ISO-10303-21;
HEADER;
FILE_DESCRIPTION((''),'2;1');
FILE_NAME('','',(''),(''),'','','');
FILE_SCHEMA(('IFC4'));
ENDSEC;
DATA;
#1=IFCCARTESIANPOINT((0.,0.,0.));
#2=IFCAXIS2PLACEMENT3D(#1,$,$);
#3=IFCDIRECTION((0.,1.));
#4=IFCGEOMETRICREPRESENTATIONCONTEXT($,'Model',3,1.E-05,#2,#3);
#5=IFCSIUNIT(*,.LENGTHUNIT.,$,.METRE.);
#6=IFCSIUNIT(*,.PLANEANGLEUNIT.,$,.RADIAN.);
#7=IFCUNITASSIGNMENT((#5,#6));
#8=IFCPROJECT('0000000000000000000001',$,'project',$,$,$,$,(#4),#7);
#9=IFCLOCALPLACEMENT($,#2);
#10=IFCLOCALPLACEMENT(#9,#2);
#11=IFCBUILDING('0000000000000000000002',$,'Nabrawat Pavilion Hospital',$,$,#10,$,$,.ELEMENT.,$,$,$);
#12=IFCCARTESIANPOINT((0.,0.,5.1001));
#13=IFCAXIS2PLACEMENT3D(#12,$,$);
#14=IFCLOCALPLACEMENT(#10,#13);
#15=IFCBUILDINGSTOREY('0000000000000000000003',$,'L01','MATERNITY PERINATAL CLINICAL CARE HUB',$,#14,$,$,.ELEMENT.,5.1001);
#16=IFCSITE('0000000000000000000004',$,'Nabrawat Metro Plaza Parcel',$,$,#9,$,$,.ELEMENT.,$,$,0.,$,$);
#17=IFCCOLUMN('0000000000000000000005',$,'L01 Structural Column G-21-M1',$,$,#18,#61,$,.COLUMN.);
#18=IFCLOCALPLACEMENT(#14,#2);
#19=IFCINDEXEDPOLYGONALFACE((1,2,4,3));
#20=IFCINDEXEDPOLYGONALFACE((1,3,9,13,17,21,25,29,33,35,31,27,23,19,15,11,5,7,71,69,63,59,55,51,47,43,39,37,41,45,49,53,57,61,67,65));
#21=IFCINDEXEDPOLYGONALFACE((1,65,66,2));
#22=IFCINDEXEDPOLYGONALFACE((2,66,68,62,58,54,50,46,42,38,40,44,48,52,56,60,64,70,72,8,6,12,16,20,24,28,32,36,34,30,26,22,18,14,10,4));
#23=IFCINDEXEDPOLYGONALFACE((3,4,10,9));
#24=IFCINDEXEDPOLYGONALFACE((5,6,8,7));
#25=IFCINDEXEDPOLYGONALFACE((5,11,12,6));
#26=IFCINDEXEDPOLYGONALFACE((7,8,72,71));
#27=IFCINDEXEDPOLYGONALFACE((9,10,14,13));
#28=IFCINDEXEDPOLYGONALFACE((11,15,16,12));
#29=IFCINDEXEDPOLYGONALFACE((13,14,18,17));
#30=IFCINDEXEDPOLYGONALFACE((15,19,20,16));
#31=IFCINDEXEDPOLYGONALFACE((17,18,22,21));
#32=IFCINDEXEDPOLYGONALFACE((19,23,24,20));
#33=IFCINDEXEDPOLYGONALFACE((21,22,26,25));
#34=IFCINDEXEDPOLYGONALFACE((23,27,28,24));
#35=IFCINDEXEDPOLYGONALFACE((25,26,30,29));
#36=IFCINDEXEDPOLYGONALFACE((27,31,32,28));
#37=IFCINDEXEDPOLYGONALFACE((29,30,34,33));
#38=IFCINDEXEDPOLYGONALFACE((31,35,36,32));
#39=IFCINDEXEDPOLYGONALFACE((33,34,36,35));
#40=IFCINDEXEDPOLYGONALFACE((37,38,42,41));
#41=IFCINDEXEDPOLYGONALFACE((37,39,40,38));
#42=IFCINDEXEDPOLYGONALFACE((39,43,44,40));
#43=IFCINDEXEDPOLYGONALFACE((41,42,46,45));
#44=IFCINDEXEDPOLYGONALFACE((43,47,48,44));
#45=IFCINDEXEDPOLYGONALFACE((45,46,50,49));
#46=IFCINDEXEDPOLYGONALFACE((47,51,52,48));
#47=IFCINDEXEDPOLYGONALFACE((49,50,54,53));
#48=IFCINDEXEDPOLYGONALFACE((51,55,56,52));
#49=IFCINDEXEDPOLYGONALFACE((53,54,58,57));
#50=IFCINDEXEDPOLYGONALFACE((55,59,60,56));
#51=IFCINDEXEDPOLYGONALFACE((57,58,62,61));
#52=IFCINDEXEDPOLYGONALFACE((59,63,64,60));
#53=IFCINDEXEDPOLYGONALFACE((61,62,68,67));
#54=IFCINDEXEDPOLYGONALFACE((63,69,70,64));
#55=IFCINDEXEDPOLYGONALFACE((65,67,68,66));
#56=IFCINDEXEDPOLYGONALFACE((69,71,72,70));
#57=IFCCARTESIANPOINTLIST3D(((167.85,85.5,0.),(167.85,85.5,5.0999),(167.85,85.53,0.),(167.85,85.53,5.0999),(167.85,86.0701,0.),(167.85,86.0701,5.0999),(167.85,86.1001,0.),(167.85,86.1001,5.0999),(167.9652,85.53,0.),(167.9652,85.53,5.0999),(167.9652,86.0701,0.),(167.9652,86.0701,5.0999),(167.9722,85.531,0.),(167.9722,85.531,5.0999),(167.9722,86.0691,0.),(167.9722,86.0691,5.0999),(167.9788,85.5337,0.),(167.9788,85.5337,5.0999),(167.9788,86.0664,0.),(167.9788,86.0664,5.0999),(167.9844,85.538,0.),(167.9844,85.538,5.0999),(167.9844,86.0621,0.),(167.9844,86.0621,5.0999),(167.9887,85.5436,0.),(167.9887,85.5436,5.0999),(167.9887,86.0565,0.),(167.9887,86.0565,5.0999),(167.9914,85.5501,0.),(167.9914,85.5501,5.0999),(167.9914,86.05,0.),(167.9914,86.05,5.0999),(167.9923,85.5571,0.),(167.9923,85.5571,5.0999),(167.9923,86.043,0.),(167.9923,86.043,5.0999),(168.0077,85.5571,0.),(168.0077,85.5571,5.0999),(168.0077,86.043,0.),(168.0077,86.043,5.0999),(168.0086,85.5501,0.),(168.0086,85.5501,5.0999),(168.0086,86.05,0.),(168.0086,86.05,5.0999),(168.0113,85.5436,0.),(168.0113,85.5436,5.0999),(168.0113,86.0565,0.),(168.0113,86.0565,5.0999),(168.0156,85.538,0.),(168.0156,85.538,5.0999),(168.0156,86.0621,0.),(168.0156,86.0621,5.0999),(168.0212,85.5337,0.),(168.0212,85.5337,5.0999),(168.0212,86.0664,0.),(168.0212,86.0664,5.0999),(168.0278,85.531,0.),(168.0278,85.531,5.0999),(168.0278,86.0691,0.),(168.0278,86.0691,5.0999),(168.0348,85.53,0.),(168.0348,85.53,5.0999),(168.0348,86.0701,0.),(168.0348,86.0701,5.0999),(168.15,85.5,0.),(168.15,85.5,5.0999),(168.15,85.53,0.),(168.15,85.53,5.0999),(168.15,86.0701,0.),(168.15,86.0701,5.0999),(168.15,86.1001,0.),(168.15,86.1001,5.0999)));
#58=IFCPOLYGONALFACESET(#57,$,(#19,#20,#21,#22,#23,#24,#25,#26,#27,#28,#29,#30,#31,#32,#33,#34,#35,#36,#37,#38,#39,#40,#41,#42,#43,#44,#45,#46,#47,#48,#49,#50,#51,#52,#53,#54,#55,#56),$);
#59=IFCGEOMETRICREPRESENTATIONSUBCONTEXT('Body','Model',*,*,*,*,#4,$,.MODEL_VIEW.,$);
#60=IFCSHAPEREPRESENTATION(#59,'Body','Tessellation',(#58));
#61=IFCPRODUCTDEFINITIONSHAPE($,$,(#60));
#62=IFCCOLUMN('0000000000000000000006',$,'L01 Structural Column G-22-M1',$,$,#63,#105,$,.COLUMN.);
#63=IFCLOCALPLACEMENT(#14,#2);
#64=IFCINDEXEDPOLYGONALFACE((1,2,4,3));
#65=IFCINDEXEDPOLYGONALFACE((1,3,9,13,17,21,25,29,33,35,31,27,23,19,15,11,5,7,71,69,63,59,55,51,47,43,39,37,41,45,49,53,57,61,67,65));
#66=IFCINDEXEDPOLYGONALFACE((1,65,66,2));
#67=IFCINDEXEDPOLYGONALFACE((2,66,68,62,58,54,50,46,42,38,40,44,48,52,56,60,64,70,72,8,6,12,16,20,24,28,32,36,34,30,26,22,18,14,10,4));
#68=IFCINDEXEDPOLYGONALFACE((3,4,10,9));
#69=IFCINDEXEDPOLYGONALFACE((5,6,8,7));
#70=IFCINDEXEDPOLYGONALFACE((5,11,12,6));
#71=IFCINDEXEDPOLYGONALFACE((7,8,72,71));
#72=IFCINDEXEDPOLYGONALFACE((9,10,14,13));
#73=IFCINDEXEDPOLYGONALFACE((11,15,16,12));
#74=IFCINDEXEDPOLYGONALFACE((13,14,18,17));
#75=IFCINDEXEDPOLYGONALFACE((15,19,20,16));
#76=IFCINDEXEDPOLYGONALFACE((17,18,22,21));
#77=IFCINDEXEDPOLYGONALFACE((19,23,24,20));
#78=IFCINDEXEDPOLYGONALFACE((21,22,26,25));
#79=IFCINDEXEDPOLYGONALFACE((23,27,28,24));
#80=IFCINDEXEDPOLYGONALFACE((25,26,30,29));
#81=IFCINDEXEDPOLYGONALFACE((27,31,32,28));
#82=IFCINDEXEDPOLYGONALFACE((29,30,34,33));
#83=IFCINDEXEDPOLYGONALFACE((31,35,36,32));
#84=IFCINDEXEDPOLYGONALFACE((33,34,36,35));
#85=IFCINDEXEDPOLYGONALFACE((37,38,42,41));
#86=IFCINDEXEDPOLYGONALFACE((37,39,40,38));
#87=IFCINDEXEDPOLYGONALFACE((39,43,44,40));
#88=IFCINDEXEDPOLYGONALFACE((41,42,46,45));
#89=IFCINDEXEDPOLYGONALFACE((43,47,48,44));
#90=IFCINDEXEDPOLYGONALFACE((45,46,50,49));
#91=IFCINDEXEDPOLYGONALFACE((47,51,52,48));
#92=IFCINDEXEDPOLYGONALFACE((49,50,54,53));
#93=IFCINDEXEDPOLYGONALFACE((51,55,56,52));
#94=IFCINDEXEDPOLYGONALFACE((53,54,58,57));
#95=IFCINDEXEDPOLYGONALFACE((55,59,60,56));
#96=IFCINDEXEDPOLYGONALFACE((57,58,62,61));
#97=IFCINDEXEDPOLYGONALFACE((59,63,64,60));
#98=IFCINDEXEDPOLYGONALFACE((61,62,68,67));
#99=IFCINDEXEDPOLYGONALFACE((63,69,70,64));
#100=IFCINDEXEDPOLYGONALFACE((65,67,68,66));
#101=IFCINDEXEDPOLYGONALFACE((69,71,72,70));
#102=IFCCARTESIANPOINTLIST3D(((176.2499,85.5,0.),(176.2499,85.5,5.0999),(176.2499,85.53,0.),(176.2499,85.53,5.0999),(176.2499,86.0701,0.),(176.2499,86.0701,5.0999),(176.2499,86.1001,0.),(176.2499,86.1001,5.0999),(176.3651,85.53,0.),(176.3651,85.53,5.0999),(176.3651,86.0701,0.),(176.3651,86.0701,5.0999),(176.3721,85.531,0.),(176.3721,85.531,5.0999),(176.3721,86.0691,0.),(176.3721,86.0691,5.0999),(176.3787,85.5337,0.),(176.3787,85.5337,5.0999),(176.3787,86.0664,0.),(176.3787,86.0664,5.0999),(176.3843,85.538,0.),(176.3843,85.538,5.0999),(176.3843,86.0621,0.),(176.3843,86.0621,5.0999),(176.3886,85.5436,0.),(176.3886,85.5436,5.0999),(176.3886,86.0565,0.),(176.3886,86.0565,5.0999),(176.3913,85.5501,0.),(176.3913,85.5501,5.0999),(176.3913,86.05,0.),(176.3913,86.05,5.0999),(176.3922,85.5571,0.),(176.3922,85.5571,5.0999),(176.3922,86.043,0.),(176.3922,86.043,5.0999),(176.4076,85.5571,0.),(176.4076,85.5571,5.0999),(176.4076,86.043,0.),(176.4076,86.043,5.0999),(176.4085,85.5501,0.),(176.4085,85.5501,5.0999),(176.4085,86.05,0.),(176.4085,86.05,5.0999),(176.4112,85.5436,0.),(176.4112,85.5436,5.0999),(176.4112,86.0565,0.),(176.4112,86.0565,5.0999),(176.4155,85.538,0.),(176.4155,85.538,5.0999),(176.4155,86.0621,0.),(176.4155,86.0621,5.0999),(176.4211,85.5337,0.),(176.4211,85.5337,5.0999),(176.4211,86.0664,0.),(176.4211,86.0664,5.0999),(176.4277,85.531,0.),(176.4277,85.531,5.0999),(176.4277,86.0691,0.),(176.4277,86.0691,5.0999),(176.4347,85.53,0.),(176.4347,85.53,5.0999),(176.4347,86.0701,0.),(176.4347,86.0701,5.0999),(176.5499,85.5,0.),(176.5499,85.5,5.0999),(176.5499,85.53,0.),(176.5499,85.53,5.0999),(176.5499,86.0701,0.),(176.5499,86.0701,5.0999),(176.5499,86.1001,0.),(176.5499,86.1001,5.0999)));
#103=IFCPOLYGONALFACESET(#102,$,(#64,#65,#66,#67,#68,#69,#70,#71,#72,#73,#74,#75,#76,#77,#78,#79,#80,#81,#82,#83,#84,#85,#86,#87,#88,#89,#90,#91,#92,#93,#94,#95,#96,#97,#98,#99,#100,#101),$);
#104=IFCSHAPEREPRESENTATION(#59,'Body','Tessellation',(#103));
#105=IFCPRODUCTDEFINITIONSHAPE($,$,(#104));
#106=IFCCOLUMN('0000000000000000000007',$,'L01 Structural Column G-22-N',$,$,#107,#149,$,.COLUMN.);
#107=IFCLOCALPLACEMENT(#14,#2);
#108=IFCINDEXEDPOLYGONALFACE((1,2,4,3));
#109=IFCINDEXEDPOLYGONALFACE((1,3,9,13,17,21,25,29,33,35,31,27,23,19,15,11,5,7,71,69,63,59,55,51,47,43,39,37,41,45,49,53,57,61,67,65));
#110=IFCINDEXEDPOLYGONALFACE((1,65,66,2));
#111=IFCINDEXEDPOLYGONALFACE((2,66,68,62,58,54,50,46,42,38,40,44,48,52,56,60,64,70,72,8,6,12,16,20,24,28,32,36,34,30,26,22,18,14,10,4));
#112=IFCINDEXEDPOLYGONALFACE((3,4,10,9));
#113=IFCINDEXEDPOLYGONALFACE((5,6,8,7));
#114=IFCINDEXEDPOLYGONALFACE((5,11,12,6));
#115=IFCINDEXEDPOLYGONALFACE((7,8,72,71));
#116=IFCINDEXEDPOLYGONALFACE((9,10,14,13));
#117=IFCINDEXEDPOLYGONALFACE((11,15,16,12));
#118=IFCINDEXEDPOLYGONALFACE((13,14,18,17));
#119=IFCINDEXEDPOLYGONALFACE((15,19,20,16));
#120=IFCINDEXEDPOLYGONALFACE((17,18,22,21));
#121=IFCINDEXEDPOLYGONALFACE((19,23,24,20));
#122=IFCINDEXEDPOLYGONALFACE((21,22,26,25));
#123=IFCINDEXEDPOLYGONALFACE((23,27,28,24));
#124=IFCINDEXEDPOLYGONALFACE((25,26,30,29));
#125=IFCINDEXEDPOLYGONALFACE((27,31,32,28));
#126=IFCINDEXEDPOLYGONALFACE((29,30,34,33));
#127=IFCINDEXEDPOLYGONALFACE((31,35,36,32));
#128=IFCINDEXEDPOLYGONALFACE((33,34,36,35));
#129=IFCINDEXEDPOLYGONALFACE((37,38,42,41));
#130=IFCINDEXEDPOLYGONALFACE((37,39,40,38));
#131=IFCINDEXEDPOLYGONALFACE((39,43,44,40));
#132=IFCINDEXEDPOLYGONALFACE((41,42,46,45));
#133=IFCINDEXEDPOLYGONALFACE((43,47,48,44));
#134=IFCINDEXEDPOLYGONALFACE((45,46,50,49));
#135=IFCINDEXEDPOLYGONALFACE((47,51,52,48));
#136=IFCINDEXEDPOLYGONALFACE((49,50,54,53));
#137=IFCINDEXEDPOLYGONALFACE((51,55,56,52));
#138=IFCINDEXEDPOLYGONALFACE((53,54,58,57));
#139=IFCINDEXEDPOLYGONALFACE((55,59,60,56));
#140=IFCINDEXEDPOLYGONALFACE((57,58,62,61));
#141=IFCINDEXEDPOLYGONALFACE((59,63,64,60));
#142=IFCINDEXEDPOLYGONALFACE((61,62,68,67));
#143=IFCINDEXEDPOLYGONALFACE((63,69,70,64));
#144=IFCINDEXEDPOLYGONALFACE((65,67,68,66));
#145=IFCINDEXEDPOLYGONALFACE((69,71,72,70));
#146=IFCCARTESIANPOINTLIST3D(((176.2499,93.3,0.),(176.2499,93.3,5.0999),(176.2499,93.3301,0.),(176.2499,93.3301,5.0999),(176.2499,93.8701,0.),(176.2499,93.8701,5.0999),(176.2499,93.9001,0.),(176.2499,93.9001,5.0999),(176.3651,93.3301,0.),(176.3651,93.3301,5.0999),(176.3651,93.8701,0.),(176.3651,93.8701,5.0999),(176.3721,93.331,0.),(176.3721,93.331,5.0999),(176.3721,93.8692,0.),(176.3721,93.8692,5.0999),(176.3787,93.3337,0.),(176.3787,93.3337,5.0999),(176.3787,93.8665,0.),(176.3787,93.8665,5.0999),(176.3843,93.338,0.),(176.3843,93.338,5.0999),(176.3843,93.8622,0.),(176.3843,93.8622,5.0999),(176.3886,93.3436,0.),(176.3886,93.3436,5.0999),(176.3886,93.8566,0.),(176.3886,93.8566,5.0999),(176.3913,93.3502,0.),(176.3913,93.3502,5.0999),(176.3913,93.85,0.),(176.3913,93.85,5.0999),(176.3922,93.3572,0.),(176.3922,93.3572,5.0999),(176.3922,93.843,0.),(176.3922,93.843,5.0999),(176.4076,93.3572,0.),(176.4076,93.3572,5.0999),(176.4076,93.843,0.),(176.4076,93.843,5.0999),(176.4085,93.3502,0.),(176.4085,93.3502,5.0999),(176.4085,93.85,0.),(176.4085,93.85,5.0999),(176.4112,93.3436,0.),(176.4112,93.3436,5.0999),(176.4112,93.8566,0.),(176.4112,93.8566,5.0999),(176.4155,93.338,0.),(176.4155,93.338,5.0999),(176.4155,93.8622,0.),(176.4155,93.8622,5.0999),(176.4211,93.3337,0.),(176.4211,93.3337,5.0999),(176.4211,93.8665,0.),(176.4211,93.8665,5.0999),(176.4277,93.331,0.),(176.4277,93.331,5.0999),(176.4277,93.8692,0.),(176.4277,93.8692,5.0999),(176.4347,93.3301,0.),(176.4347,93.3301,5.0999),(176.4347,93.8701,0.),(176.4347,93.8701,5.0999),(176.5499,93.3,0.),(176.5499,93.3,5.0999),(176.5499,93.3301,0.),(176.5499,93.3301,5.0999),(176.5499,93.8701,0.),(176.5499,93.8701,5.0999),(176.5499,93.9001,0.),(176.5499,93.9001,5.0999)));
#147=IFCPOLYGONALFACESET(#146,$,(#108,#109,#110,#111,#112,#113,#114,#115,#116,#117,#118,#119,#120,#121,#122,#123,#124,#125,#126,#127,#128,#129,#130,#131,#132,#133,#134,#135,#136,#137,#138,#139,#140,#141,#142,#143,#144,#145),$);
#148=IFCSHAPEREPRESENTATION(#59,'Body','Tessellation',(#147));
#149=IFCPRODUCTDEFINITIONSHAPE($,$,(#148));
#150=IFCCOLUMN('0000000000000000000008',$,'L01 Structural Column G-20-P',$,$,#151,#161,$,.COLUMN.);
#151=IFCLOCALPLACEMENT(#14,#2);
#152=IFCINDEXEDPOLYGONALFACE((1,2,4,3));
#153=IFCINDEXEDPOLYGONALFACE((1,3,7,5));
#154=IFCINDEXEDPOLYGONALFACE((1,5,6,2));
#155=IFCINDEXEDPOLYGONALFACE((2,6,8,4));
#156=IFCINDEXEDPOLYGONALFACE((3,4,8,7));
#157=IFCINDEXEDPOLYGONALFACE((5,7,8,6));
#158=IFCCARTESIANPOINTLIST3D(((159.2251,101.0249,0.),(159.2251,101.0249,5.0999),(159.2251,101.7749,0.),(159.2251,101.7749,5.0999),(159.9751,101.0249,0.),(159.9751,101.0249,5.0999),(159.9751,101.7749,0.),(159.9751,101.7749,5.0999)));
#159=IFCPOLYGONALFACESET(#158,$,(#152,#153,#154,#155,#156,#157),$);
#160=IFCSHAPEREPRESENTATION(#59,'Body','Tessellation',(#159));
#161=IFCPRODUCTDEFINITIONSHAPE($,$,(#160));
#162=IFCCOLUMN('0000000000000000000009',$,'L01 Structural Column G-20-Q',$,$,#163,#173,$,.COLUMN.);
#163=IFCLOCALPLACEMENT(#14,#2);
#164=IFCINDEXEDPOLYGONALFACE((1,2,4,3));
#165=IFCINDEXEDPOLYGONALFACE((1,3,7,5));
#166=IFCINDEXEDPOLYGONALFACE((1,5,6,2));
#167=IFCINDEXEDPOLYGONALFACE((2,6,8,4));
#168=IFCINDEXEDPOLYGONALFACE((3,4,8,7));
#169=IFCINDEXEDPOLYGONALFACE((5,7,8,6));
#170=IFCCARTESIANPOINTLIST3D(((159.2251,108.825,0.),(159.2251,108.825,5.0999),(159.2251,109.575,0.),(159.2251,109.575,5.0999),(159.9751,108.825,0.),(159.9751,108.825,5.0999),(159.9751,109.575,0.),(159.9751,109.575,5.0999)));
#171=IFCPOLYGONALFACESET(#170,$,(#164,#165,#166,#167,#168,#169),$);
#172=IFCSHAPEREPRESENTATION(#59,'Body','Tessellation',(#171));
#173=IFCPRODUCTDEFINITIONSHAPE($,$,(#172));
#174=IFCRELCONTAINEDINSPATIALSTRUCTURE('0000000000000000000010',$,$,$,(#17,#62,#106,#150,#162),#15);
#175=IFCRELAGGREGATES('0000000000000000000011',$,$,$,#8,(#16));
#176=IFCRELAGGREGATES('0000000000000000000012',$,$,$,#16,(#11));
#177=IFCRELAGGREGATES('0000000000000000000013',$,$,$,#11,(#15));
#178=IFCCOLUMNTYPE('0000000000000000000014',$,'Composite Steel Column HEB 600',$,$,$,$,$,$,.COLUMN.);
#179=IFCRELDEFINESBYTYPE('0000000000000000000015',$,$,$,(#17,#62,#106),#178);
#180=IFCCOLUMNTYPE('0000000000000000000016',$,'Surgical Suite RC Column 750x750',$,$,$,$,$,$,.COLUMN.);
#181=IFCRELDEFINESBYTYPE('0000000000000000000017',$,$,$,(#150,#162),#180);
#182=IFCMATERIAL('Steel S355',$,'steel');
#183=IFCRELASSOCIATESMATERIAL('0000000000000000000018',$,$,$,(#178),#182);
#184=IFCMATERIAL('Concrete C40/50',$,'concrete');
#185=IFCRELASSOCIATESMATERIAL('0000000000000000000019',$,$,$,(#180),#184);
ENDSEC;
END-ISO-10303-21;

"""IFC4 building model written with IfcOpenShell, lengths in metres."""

from ifc_helpers import new_model, si_unit, direction, frame, origin, origin_2d, place, context, subcontext, project, spatial, rectangle, i_section, extrude, material, material_profile, profile_set, type_object, element, save


model = new_model("IFC4")

# Units and contexts
model_context = context("Model", 3, precision=1e-05, world=origin(), true_north=direction((0.0, 1.0)))
body_context = subcontext(model_context, "Body", "Model", "MODEL_VIEW")
ifc_project = project(units=[si_unit("LENGTHUNIT", "METRE"), si_unit("PLANEANGLEUNIT", "RADIAN")], contexts=[model_context])

# Site, building, storey
site_placement = place(None, origin())
site = spatial("IfcSite", under=ifc_project, at=site_placement, Name="Nabrawat Metro Plaza Parcel", CompositionType="ELEMENT", RefElevation=0.0)
building_placement = place(site_placement, origin())
building = spatial("IfcBuilding", under=site, at=building_placement, Name="Nabrawat Pavilion Hospital", CompositionType="ELEMENT")
storey_placement = place(building_placement, frame((0.0, 0.0, 5.1001)))
storey = spatial("IfcBuildingStorey", under=building, at=storey_placement, Name="L01", Description="MATERNITY PERINATAL CLINICAL CARE HUB", CompositionType="ELEMENT", Elevation=5.1001)

# Columns
ifc_material_1 = material(Name="Steel S355", Category="steel")
ifc_material_profile_1 = material_profile(ifc_material_1, i_section(OverallWidth=0.3, OverallDepth=0.6001, WebThickness=0.0154, FlangeThickness=0.03, FilletRadius=0.0271, at=origin_2d()), Name="HEB 600")
ifc_profile_set_1 = profile_set([ifc_material_profile_1], Name="Steel S355")
column_type_1 = type_object("IfcColumnType", Name="Composite Steel Column HEB 600", PredefinedType="COLUMN", material=ifc_profile_set_1)
for number, where, z_axis, x_axis, name in (
    (1, (168.0, 85.8, 0.0), (0.0, 0.0, 1.0), (1.0, 0.0, 0.0), "L01 Structural Column G-21-M1"),
    (2, (176.3999, 85.8, 0.0), (0.0, 0.0, 1.0), (1.0, 0.0, 0.0), "L01 Structural Column G-22-M1"),
    (3, (176.3999, 93.6001, 0.0), (0.0, 0.0, 1.0), (1.0, 0.0, 0.0), "L01 Structural Column G-22-N"),
):
    element("IfcColumn", number, at=place(storey_placement, frame(where, z_axis=z_axis, x_axis=x_axis)), inside=storey, type_object=column_type_1, Name=name, PredefinedType="COLUMN", context=body_context, shape_type="SweptSolid", body=[
        extrude(i_section(OverallWidth=0.3, OverallDepth=0.6001, WebThickness=0.0154, FlangeThickness=0.03, FilletRadius=0.0271, at=origin_2d()), origin(), (0.0, 0.0, 1.0), 5.0999),
    ])
ifc_material_2 = material(Name="Concrete C40/50", Category="concrete")
ifc_material_profile_2 = material_profile(ifc_material_2, rectangle(XDim=0.75, YDim=0.75, at=origin_2d()), Name="RC 750x750")
ifc_profile_set_2 = profile_set([ifc_material_profile_2], Name="Concrete C40/50")
column_type_2 = type_object("IfcColumnType", Name="Surgical Suite RC Column 750x750", PredefinedType="COLUMN", material=ifc_profile_set_2)
for number, where, z_axis, x_axis, name in (
    (4, (159.6001, 101.3999, 0.0), (0.0, 0.0, 1.0), (1.0, 0.0, 0.0), "L01 Structural Column G-20-P"),
    (5, (159.6001, 109.2, 0.0), (0.0, 0.0, 1.0), (1.0, 0.0, 0.0), "L01 Structural Column G-20-Q"),
):
    element("IfcColumn", number, at=place(storey_placement, frame(where, z_axis=z_axis, x_axis=x_axis)), inside=storey, type_object=column_type_2, Name=name, PredefinedType="COLUMN", context=body_context, shape_type="SweptSolid", body=[
        extrude(rectangle(XDim=0.75, YDim=0.75, at=origin_2d()), origin(), (0.0, 0.0, 1.0), 5.0999),
    ])

save(model, "model.ifc")
